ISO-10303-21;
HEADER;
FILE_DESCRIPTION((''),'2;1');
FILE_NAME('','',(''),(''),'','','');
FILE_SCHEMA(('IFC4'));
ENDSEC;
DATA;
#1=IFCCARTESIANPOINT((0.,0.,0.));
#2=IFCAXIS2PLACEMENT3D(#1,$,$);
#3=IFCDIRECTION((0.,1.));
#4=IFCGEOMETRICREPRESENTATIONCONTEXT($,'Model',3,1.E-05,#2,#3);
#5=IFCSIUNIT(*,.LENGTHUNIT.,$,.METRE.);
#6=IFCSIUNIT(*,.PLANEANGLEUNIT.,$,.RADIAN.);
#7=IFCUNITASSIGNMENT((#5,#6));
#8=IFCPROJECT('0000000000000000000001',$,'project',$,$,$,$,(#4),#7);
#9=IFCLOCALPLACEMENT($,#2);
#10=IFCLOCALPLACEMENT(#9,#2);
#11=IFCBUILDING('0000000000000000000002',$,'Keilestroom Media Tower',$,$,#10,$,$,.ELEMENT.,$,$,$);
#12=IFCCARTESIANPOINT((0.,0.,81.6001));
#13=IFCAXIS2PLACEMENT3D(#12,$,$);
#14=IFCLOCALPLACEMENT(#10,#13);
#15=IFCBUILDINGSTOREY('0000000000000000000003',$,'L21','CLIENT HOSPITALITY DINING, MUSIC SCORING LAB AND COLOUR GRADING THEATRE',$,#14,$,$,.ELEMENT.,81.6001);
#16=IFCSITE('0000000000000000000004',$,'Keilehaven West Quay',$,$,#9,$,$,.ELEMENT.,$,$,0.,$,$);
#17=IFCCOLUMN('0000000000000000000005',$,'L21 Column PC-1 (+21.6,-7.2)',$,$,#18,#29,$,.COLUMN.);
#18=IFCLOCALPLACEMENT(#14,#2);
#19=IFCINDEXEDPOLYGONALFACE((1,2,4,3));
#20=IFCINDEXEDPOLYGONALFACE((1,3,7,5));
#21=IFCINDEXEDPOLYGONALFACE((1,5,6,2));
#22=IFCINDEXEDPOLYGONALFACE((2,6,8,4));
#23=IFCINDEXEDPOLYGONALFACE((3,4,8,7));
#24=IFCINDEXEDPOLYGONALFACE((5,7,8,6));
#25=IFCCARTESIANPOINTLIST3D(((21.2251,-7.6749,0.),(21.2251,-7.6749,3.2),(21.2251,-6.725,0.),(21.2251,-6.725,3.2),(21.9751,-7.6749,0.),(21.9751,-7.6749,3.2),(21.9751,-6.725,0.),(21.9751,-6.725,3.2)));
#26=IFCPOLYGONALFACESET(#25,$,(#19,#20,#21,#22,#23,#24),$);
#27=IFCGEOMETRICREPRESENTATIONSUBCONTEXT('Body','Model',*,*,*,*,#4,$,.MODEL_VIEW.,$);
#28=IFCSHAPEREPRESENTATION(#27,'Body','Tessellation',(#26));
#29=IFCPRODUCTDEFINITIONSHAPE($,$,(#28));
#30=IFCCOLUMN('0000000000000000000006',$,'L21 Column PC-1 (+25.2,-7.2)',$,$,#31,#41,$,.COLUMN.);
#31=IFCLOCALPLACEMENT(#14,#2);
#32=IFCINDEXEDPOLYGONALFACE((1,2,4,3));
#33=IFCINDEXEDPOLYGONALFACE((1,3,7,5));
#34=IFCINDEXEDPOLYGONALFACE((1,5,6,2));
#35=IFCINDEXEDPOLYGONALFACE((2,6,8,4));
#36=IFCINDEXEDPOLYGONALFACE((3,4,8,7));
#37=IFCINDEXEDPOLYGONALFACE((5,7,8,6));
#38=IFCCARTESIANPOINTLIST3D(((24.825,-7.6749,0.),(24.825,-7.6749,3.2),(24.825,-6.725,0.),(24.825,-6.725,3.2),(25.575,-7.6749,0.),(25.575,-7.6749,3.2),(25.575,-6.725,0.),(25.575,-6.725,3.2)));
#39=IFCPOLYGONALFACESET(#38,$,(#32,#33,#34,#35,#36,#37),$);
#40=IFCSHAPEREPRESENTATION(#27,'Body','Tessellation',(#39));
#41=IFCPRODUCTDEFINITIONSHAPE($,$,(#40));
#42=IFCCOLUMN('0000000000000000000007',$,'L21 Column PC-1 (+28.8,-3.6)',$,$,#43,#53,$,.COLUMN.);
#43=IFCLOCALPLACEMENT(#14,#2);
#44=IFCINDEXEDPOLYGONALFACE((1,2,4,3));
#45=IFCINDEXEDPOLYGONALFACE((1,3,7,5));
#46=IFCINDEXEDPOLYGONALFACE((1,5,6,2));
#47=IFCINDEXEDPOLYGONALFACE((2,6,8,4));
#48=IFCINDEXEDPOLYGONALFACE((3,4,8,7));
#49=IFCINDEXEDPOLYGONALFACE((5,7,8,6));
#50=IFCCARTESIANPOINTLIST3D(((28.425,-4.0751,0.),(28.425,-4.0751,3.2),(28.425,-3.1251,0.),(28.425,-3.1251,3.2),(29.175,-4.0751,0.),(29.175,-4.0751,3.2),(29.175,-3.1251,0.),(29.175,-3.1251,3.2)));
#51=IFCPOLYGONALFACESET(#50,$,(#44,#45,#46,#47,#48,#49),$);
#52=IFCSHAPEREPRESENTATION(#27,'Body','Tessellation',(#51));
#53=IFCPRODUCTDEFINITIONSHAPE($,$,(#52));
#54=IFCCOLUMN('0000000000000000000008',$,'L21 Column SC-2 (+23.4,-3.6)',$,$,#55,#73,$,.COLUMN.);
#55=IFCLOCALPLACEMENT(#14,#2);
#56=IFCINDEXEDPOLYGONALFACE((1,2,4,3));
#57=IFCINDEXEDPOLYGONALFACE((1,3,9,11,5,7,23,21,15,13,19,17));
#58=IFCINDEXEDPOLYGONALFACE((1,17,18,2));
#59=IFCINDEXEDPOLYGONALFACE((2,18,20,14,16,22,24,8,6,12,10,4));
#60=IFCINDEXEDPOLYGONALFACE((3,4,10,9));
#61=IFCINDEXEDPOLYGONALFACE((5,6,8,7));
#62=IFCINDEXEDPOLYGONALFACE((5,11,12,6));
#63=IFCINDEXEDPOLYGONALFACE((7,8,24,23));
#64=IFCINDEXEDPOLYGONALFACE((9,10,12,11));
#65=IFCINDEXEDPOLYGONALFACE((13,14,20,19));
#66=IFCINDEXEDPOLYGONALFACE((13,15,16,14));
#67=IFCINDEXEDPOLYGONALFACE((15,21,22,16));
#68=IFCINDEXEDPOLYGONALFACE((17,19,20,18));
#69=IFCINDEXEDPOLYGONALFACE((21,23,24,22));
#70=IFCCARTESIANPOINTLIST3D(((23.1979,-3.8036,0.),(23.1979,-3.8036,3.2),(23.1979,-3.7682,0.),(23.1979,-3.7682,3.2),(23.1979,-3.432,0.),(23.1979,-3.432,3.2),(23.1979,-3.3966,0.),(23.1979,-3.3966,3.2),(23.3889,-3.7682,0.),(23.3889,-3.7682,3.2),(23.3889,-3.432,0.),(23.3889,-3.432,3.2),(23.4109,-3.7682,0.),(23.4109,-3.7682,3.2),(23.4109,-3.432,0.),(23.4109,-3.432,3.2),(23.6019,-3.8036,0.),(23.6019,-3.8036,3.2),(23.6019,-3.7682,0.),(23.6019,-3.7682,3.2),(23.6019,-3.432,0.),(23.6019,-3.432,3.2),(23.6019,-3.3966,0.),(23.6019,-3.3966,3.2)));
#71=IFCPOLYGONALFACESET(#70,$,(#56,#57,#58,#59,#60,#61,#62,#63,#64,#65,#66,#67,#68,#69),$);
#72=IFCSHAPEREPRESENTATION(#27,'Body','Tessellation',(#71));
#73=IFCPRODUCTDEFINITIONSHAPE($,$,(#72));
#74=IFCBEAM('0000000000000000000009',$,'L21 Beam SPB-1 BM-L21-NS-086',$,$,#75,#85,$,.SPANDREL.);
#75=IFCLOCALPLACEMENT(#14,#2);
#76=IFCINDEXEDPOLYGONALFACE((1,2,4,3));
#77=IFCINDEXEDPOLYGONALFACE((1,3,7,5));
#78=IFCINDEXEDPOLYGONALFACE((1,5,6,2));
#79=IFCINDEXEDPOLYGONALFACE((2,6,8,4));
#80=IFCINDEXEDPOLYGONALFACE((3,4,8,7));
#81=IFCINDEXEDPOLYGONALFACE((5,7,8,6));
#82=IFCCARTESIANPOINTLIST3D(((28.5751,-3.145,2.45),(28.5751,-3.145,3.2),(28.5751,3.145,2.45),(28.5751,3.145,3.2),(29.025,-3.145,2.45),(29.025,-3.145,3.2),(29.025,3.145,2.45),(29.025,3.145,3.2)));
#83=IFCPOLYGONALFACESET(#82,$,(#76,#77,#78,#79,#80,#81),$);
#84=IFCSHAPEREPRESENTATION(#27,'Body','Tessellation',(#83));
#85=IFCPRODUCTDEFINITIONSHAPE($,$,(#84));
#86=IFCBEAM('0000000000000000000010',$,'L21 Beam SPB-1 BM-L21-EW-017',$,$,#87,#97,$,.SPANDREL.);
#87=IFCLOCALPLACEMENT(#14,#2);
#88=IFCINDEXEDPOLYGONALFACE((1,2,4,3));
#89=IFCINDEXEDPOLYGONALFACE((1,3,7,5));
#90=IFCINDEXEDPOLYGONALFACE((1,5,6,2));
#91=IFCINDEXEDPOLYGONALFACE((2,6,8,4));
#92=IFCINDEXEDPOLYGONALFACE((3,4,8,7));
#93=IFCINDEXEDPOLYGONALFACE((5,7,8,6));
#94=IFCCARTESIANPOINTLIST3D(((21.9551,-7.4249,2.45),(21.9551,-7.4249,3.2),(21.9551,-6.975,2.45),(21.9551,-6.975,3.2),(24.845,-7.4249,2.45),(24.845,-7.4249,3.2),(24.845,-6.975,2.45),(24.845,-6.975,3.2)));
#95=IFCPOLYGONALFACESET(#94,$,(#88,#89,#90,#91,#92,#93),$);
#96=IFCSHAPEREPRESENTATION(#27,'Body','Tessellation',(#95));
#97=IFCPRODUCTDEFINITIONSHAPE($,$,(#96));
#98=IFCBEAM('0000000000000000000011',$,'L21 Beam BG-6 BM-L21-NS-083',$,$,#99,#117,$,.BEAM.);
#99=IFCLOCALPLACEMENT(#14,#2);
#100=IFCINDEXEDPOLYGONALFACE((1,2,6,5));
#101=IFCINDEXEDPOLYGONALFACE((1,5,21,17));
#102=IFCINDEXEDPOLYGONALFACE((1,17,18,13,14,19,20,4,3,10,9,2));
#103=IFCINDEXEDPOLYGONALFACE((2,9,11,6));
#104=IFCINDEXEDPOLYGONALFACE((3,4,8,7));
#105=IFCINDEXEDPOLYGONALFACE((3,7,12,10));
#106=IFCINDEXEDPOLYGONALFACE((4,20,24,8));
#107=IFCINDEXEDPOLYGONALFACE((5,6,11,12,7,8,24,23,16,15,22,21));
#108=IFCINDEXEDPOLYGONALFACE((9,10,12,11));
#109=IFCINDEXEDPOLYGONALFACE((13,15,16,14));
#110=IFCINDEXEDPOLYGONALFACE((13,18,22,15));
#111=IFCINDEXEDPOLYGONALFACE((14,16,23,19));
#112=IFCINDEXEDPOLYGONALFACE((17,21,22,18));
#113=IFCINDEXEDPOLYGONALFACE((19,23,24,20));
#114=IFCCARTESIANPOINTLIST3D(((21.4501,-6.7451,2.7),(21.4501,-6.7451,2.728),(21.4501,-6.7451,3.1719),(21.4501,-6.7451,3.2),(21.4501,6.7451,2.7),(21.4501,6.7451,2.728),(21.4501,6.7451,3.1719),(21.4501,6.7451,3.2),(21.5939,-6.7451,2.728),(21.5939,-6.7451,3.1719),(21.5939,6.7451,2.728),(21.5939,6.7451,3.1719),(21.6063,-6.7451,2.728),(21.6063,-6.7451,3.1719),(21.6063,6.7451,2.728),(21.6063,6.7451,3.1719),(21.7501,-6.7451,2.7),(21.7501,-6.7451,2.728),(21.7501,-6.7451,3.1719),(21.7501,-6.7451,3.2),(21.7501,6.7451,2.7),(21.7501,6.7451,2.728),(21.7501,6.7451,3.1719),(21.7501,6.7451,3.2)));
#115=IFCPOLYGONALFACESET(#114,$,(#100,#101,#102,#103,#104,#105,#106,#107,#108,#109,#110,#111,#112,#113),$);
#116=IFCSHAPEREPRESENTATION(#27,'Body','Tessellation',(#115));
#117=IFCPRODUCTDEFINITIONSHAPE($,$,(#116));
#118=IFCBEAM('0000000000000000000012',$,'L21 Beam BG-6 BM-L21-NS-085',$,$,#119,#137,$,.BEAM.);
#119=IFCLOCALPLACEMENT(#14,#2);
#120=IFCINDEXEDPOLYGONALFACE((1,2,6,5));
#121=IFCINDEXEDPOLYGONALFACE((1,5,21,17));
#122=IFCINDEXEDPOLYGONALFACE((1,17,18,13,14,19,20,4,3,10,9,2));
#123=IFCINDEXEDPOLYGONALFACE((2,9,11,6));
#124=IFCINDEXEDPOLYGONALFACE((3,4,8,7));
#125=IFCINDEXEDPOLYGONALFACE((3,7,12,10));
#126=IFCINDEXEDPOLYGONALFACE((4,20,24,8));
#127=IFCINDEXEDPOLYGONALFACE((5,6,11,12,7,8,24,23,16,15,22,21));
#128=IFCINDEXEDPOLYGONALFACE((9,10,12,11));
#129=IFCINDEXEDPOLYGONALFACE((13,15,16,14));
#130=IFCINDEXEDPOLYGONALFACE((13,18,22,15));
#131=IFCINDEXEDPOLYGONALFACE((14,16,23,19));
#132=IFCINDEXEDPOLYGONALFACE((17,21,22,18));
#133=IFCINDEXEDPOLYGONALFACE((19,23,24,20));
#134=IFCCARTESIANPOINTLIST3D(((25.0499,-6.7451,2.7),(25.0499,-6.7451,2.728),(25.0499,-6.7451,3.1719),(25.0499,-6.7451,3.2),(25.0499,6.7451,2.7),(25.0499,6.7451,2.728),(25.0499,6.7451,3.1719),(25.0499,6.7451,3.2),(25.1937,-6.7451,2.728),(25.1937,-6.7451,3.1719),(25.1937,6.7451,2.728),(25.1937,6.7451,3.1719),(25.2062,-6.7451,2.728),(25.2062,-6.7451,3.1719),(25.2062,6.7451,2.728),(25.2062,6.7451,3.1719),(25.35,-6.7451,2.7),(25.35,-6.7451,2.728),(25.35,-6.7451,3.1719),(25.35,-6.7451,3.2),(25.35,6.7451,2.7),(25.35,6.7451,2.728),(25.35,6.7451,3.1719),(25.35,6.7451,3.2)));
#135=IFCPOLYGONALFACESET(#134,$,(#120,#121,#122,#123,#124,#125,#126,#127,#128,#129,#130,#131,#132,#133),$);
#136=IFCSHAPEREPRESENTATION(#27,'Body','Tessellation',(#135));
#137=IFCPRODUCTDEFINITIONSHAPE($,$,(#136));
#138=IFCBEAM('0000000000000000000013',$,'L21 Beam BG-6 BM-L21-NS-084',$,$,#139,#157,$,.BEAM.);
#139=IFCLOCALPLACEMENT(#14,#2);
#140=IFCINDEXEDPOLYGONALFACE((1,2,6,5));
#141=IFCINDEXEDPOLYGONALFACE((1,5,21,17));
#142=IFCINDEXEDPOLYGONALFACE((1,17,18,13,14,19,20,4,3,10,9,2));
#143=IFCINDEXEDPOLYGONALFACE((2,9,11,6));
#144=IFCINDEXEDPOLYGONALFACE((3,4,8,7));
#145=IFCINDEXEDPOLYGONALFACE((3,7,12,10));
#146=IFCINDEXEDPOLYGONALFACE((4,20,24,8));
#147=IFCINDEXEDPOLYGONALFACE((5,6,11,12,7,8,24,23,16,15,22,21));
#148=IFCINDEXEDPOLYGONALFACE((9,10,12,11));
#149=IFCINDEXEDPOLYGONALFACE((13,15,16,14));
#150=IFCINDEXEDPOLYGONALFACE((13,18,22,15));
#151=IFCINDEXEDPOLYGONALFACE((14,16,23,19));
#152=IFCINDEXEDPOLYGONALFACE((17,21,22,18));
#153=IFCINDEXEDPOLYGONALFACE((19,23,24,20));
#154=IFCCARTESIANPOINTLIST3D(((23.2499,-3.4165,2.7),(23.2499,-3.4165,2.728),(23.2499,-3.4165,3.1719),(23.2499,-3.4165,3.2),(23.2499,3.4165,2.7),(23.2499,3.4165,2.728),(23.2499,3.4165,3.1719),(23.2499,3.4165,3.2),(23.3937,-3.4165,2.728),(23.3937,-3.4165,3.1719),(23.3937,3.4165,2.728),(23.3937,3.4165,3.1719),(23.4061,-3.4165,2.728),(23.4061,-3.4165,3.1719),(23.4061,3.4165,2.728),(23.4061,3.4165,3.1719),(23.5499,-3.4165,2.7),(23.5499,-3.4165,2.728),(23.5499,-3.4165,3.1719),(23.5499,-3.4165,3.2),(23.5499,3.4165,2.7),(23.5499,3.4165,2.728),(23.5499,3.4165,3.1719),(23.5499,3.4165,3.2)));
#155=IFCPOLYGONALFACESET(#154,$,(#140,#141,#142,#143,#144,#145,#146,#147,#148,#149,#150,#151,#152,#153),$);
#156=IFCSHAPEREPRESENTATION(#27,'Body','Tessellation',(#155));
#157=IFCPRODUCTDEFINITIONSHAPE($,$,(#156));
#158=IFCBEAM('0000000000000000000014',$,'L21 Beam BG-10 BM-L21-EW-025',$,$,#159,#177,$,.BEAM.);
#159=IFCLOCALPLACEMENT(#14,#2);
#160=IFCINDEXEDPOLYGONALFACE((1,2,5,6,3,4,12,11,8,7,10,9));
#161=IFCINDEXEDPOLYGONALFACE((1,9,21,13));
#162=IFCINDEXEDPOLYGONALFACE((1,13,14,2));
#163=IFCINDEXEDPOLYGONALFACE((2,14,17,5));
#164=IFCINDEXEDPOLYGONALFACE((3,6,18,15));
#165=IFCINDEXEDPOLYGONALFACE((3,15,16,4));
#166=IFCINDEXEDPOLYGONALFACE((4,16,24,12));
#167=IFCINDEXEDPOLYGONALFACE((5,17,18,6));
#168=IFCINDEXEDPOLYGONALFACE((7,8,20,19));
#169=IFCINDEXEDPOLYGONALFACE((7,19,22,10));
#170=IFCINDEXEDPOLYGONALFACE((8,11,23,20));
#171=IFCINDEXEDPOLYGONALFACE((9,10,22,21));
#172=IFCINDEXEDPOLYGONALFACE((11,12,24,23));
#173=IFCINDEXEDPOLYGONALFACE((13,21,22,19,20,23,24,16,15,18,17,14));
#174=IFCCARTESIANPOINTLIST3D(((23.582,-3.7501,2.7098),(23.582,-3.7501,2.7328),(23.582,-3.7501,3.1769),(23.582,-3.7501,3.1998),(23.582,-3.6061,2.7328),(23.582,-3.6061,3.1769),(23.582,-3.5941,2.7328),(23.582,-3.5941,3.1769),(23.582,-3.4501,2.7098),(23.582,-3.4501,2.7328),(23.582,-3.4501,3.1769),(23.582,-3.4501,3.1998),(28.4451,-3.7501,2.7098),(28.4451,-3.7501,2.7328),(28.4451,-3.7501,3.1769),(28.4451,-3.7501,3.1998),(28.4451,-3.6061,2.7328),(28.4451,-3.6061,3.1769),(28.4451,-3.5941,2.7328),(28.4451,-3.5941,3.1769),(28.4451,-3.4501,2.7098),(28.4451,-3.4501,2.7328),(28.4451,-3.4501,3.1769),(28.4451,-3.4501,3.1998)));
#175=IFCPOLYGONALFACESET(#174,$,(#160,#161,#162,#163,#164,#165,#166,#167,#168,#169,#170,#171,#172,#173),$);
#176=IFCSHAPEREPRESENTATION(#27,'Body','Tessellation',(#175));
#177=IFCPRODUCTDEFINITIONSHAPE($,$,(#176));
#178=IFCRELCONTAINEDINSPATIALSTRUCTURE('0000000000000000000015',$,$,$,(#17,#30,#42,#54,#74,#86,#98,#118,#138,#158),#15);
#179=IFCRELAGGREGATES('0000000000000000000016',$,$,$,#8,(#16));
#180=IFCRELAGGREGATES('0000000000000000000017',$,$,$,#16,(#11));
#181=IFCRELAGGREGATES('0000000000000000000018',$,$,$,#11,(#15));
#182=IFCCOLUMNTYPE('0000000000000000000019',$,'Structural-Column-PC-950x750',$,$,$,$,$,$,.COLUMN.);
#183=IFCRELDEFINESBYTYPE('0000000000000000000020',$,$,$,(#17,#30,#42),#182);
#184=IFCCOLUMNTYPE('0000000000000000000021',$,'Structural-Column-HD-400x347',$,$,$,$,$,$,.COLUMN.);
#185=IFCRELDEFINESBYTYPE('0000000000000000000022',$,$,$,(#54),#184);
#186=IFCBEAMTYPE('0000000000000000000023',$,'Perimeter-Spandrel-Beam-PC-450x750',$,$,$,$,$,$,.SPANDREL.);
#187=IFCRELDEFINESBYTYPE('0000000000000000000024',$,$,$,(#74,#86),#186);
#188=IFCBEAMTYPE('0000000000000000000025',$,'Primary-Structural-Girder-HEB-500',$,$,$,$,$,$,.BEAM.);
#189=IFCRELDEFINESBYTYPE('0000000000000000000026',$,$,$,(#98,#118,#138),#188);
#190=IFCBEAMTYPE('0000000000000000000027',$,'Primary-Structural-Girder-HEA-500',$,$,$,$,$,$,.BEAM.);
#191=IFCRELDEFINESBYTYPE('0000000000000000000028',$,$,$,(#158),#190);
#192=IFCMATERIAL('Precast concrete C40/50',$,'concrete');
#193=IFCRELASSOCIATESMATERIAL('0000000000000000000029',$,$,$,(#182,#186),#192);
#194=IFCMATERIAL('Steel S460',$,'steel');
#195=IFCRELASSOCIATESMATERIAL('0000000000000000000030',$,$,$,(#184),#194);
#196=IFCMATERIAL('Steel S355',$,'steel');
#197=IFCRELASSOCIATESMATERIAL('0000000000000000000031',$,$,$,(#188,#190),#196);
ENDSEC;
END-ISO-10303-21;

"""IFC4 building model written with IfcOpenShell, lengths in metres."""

from ifc_helpers import new_model, si_unit, direction, frame, origin, origin_2d, place, context, subcontext, project, spatial, rectangle, i_section, extrude, source, transform, mapped, material, material_profile, profile_set, type_object, element, save


model = new_model("IFC4")

# Units and contexts
model_context = context("Model", 3, precision=1e-05, world=origin(), true_north=direction((0.0, 1.0)))
body_context = subcontext(model_context, "Body", "Model", "MODEL_VIEW")
ifc_project = project(units=[si_unit("LENGTHUNIT", "METRE"), si_unit("PLANEANGLEUNIT", "RADIAN")], contexts=[model_context])

# Site, building, storey
site_placement = place(None, origin())
site = spatial("IfcSite", under=ifc_project, at=site_placement, Name="Keilehaven West Quay", CompositionType="ELEMENT", RefElevation=0.0)
building_placement = place(site_placement, origin())
building = spatial("IfcBuilding", under=site, at=building_placement, Name="Keilestroom Media Tower", CompositionType="ELEMENT")
storey_placement = place(building_placement, frame((0.0, 0.0, 81.6001)))
storey = spatial("IfcBuildingStorey", under=building, at=storey_placement, Name="L21", Description="CLIENT HOSPITALITY DINING, MUSIC SCORING LAB AND COLOUR GRADING THEATRE", CompositionType="ELEMENT", Elevation=81.6001)

# Columns
ifc_material_1 = material(Name="Precast concrete C40/50", Category="concrete")
ifc_material_profile_1 = material_profile(ifc_material_1, rectangle(XDim=0.75, YDim=0.95, at=origin_2d()), Name="PC 950x750")
ifc_profile_set_1 = profile_set([ifc_material_profile_1], Name="Precast concrete C40/50")
column_type_1 = type_object("IfcColumnType", Name="Structural-Column-PC-950x750", PredefinedType="COLUMN", material=ifc_profile_set_1)
shared_shape_1 = source(origin(), body_context, "Body", "SweptSolid", [
    extrude(rectangle(XDim=0.75, YDim=0.95, at=origin_2d()), origin(), (0.0, 0.0, 1.0), 3.2),
])
for number, where, z_axis, x_axis, name in (
    (1, (21.6001, -7.2, 0.0), (0.0, 0.0, 1.0), (1.0, 0.0, 0.0), "L21 Column PC-1 (+21.6,-7.2)"),
    (2, (25.2, -7.2, 0.0), (0.0, 0.0, 1.0), (1.0, 0.0, 0.0), "L21 Column PC-1 (+25.2,-7.2)"),
    (3, (28.8, -3.6001, 0.0), (0.0, 0.0, 1.0), (1.0, 0.0, 0.0), "L21 Column PC-1 (+28.8,-3.6)"),
):
    element("IfcColumn", number, at=place(storey_placement, frame(where, z_axis=z_axis, x_axis=x_axis)), inside=storey, type_object=column_type_1, Name=name, PredefinedType="COLUMN", context=body_context, shape_type="MappedRepresentation", body=[
        mapped(shared_shape_1, transform((0.0, 0.0, 0.0), x_axis=(1.0, 0.0, 0.0), y_axis=(0.0, 1.0, 0.0), z_axis=(0.0, 0.0, 1.0), scale=1.0)),
    ])
ifc_material_2 = material(Name="Steel S460", Category="steel")
ifc_material_profile_2 = material_profile(ifc_material_2, i_section(OverallWidth=0.4041, OverallDepth=0.407, WebThickness=0.022, FlangeThickness=0.0354, at=origin_2d()), Name="HD 400x347")
ifc_profile_set_2 = profile_set([ifc_material_profile_2], Name="Steel S460")
column_type_2 = type_object("IfcColumnType", Name="Structural-Column-HD-400x347", PredefinedType="COLUMN", material=ifc_profile_set_2)
shared_shape_2 = source(origin(), body_context, "Body", "SweptSolid", [
    extrude(i_section(OverallWidth=0.4041, OverallDepth=0.407, WebThickness=0.022, FlangeThickness=0.0354, at=origin_2d()), origin(), (0.0, 0.0, 1.0), 3.2),
])
column_placement = place(storey_placement, frame((23.3999, -3.6001, 0.0), z_axis=(0.0, 0.0, 1.0), x_axis=(1.0, 0.0, 0.0)))
element("IfcColumn", 4, at=column_placement, inside=storey, type_object=column_type_2, Name="L21 Column SC-2 (+23.4,-3.6)", PredefinedType="COLUMN", context=body_context, shape_type="MappedRepresentation", body=[
    mapped(shared_shape_2, transform((0.0, 0.0, 0.0), x_axis=(1.0, 0.0, 0.0), y_axis=(0.0, 1.0, 0.0), z_axis=(0.0, 0.0, 1.0), scale=1.0)),
])

# Beams
ifc_material_profile_3 = material_profile(ifc_material_1, rectangle(XDim=0.45, YDim=0.75, at=origin_2d()), Name="PC 450x750")
ifc_profile_set_3 = profile_set([ifc_material_profile_3], Name="Precast concrete C40/50")
beam_type_1 = type_object("IfcBeamType", Name="Perimeter-Spandrel-Beam-PC-450x750", PredefinedType="SPANDREL", material=ifc_profile_set_3)
shared_shape_3 = source(origin(), body_context, "Body", "SweptSolid", [
    extrude(rectangle(XDim=0.45, YDim=0.75, at=origin_2d()), origin(), (0.0, 0.0, 1.0), 6.29),
])
beam_1_placement = place(storey_placement, frame((28.8, -3.145, 2.825), z_axis=(0.0, 1.0, 0.0), x_axis=(-1.0, 0.0, 0.0)))
element("IfcBeam", 5, at=beam_1_placement, inside=storey, type_object=beam_type_1, Name="L21 Beam SPB-1 BM-L21-NS-086", PredefinedType="SPANDREL", context=body_context, shape_type="MappedRepresentation", body=[
    mapped(shared_shape_3, transform((0.0, 0.0, 0.0), x_axis=(1.0, 0.0, 0.0), y_axis=(0.0, 1.0, 0.0), z_axis=(0.0, 0.0, 1.0), scale=1.0)),
])
shared_shape_4 = source(origin(), body_context, "Body", "SweptSolid", [
    extrude(rectangle(XDim=0.45, YDim=0.75, at=origin_2d()), origin(), (0.0, 0.0, 1.0), 2.8899),
])
beam_2_placement = place(storey_placement, frame((21.9551, -7.2, 2.825), z_axis=(1.0, 0.0, 0.0), x_axis=(0.0, 1.0, 0.0)))
element("IfcBeam", 6, at=beam_2_placement, inside=storey, type_object=beam_type_1, Name="L21 Beam SPB-1 BM-L21-EW-017", PredefinedType="SPANDREL", context=body_context, shape_type="MappedRepresentation", body=[
    mapped(shared_shape_4, transform((0.0, 0.0, 0.0), x_axis=(1.0, 0.0, 0.0), y_axis=(0.0, 1.0, 0.0), z_axis=(0.0, 0.0, 1.0), scale=1.0)),
])
ifc_material_3 = material(Name="Steel S355", Category="steel")
ifc_material_profile_4 = material_profile(ifc_material_3, i_section(OverallWidth=0.3, OverallDepth=0.5, WebThickness=0.0125, FlangeThickness=0.0281, at=origin_2d()), Name="HEB 500")
ifc_profile_set_4 = profile_set([ifc_material_profile_4], Name="Steel S355")
beam_type_2 = type_object("IfcBeamType", Name="Primary-Structural-Girder-HEB-500", PredefinedType="BEAM", material=ifc_profile_set_4)
shared_shape_5 = source(origin(), body_context, "Body", "SweptSolid", [
    extrude(i_section(OverallWidth=0.3, OverallDepth=0.5, WebThickness=0.0125, FlangeThickness=0.0281, at=origin_2d()), origin(), (0.0, 0.0, 1.0), 13.4902),
])
for number, where, z_axis, x_axis, name in (
    (7, (21.6001, -6.7451, 2.95), (0.0, 1.0, 0.0), (-1.0, 0.0, 0.0), "L21 Beam BG-6 BM-L21-NS-083"),
    (8, (25.2, -6.7451, 2.95), (0.0, 1.0, 0.0), (-1.0, 0.0, 0.0), "L21 Beam BG-6 BM-L21-NS-085"),
):
    element("IfcBeam", number, at=place(storey_placement, frame(where, z_axis=z_axis, x_axis=x_axis)), inside=storey, type_object=beam_type_2, Name=name, PredefinedType="BEAM", context=body_context, shape_type="MappedRepresentation", body=[
        mapped(shared_shape_5, transform((0.0, 0.0, 0.0), x_axis=(1.0, 0.0, 0.0), y_axis=(0.0, 1.0, 0.0), z_axis=(0.0, 0.0, 1.0), scale=1.0)),
    ])
shared_shape_6 = source(origin(), body_context, "Body", "SweptSolid", [
    extrude(i_section(OverallWidth=0.3, OverallDepth=0.5, WebThickness=0.0125, FlangeThickness=0.0281, at=origin_2d()), origin(), (0.0, 0.0, 1.0), 6.833),
])
beam_3_placement = place(storey_placement, frame((23.3999, -3.4165, 2.95), z_axis=(0.0, 1.0, 0.0), x_axis=(-1.0, 0.0, 0.0)))
element("IfcBeam", 9, at=beam_3_placement, inside=storey, type_object=beam_type_2, Name="L21 Beam BG-6 BM-L21-NS-084", PredefinedType="BEAM", context=body_context, shape_type="MappedRepresentation", body=[
    mapped(shared_shape_6, transform((0.0, 0.0, 0.0), x_axis=(1.0, 0.0, 0.0), y_axis=(0.0, 1.0, 0.0), z_axis=(0.0, 0.0, 1.0), scale=1.0)),
])
ifc_material_profile_5 = material_profile(ifc_material_3, i_section(OverallWidth=0.3, OverallDepth=0.49, WebThickness=0.012, FlangeThickness=0.0229, at=origin_2d()), Name="HEA 500")
ifc_profile_set_5 = profile_set([ifc_material_profile_5], Name="Steel S355")
beam_type_3 = type_object("IfcBeamType", Name="Primary-Structural-Girder-HEA-500", PredefinedType="BEAM", material=ifc_profile_set_5)
shared_shape_7 = source(origin(), body_context, "Body", "SweptSolid", [
    extrude(i_section(OverallWidth=0.3, OverallDepth=0.49, WebThickness=0.012, FlangeThickness=0.0229, at=origin_2d()), origin(), (0.0, 0.0, 1.0), 4.863),
])
beam_4_placement = place(storey_placement, frame((23.582, -3.6001, 2.9548), z_axis=(1.0, 0.0, 0.0), x_axis=(0.0, 1.0, 0.0)))
element("IfcBeam", 10, at=beam_4_placement, inside=storey, type_object=beam_type_3, Name="L21 Beam BG-10 BM-L21-EW-025", PredefinedType="BEAM", context=body_context, shape_type="MappedRepresentation", body=[
    mapped(shared_shape_7, transform((0.0, 0.0, 0.0), x_axis=(1.0, 0.0, 0.0), y_axis=(0.0, 1.0, 0.0), z_axis=(0.0, 0.0, 1.0), scale=1.0)),
])

save(model, "model.ifc")
